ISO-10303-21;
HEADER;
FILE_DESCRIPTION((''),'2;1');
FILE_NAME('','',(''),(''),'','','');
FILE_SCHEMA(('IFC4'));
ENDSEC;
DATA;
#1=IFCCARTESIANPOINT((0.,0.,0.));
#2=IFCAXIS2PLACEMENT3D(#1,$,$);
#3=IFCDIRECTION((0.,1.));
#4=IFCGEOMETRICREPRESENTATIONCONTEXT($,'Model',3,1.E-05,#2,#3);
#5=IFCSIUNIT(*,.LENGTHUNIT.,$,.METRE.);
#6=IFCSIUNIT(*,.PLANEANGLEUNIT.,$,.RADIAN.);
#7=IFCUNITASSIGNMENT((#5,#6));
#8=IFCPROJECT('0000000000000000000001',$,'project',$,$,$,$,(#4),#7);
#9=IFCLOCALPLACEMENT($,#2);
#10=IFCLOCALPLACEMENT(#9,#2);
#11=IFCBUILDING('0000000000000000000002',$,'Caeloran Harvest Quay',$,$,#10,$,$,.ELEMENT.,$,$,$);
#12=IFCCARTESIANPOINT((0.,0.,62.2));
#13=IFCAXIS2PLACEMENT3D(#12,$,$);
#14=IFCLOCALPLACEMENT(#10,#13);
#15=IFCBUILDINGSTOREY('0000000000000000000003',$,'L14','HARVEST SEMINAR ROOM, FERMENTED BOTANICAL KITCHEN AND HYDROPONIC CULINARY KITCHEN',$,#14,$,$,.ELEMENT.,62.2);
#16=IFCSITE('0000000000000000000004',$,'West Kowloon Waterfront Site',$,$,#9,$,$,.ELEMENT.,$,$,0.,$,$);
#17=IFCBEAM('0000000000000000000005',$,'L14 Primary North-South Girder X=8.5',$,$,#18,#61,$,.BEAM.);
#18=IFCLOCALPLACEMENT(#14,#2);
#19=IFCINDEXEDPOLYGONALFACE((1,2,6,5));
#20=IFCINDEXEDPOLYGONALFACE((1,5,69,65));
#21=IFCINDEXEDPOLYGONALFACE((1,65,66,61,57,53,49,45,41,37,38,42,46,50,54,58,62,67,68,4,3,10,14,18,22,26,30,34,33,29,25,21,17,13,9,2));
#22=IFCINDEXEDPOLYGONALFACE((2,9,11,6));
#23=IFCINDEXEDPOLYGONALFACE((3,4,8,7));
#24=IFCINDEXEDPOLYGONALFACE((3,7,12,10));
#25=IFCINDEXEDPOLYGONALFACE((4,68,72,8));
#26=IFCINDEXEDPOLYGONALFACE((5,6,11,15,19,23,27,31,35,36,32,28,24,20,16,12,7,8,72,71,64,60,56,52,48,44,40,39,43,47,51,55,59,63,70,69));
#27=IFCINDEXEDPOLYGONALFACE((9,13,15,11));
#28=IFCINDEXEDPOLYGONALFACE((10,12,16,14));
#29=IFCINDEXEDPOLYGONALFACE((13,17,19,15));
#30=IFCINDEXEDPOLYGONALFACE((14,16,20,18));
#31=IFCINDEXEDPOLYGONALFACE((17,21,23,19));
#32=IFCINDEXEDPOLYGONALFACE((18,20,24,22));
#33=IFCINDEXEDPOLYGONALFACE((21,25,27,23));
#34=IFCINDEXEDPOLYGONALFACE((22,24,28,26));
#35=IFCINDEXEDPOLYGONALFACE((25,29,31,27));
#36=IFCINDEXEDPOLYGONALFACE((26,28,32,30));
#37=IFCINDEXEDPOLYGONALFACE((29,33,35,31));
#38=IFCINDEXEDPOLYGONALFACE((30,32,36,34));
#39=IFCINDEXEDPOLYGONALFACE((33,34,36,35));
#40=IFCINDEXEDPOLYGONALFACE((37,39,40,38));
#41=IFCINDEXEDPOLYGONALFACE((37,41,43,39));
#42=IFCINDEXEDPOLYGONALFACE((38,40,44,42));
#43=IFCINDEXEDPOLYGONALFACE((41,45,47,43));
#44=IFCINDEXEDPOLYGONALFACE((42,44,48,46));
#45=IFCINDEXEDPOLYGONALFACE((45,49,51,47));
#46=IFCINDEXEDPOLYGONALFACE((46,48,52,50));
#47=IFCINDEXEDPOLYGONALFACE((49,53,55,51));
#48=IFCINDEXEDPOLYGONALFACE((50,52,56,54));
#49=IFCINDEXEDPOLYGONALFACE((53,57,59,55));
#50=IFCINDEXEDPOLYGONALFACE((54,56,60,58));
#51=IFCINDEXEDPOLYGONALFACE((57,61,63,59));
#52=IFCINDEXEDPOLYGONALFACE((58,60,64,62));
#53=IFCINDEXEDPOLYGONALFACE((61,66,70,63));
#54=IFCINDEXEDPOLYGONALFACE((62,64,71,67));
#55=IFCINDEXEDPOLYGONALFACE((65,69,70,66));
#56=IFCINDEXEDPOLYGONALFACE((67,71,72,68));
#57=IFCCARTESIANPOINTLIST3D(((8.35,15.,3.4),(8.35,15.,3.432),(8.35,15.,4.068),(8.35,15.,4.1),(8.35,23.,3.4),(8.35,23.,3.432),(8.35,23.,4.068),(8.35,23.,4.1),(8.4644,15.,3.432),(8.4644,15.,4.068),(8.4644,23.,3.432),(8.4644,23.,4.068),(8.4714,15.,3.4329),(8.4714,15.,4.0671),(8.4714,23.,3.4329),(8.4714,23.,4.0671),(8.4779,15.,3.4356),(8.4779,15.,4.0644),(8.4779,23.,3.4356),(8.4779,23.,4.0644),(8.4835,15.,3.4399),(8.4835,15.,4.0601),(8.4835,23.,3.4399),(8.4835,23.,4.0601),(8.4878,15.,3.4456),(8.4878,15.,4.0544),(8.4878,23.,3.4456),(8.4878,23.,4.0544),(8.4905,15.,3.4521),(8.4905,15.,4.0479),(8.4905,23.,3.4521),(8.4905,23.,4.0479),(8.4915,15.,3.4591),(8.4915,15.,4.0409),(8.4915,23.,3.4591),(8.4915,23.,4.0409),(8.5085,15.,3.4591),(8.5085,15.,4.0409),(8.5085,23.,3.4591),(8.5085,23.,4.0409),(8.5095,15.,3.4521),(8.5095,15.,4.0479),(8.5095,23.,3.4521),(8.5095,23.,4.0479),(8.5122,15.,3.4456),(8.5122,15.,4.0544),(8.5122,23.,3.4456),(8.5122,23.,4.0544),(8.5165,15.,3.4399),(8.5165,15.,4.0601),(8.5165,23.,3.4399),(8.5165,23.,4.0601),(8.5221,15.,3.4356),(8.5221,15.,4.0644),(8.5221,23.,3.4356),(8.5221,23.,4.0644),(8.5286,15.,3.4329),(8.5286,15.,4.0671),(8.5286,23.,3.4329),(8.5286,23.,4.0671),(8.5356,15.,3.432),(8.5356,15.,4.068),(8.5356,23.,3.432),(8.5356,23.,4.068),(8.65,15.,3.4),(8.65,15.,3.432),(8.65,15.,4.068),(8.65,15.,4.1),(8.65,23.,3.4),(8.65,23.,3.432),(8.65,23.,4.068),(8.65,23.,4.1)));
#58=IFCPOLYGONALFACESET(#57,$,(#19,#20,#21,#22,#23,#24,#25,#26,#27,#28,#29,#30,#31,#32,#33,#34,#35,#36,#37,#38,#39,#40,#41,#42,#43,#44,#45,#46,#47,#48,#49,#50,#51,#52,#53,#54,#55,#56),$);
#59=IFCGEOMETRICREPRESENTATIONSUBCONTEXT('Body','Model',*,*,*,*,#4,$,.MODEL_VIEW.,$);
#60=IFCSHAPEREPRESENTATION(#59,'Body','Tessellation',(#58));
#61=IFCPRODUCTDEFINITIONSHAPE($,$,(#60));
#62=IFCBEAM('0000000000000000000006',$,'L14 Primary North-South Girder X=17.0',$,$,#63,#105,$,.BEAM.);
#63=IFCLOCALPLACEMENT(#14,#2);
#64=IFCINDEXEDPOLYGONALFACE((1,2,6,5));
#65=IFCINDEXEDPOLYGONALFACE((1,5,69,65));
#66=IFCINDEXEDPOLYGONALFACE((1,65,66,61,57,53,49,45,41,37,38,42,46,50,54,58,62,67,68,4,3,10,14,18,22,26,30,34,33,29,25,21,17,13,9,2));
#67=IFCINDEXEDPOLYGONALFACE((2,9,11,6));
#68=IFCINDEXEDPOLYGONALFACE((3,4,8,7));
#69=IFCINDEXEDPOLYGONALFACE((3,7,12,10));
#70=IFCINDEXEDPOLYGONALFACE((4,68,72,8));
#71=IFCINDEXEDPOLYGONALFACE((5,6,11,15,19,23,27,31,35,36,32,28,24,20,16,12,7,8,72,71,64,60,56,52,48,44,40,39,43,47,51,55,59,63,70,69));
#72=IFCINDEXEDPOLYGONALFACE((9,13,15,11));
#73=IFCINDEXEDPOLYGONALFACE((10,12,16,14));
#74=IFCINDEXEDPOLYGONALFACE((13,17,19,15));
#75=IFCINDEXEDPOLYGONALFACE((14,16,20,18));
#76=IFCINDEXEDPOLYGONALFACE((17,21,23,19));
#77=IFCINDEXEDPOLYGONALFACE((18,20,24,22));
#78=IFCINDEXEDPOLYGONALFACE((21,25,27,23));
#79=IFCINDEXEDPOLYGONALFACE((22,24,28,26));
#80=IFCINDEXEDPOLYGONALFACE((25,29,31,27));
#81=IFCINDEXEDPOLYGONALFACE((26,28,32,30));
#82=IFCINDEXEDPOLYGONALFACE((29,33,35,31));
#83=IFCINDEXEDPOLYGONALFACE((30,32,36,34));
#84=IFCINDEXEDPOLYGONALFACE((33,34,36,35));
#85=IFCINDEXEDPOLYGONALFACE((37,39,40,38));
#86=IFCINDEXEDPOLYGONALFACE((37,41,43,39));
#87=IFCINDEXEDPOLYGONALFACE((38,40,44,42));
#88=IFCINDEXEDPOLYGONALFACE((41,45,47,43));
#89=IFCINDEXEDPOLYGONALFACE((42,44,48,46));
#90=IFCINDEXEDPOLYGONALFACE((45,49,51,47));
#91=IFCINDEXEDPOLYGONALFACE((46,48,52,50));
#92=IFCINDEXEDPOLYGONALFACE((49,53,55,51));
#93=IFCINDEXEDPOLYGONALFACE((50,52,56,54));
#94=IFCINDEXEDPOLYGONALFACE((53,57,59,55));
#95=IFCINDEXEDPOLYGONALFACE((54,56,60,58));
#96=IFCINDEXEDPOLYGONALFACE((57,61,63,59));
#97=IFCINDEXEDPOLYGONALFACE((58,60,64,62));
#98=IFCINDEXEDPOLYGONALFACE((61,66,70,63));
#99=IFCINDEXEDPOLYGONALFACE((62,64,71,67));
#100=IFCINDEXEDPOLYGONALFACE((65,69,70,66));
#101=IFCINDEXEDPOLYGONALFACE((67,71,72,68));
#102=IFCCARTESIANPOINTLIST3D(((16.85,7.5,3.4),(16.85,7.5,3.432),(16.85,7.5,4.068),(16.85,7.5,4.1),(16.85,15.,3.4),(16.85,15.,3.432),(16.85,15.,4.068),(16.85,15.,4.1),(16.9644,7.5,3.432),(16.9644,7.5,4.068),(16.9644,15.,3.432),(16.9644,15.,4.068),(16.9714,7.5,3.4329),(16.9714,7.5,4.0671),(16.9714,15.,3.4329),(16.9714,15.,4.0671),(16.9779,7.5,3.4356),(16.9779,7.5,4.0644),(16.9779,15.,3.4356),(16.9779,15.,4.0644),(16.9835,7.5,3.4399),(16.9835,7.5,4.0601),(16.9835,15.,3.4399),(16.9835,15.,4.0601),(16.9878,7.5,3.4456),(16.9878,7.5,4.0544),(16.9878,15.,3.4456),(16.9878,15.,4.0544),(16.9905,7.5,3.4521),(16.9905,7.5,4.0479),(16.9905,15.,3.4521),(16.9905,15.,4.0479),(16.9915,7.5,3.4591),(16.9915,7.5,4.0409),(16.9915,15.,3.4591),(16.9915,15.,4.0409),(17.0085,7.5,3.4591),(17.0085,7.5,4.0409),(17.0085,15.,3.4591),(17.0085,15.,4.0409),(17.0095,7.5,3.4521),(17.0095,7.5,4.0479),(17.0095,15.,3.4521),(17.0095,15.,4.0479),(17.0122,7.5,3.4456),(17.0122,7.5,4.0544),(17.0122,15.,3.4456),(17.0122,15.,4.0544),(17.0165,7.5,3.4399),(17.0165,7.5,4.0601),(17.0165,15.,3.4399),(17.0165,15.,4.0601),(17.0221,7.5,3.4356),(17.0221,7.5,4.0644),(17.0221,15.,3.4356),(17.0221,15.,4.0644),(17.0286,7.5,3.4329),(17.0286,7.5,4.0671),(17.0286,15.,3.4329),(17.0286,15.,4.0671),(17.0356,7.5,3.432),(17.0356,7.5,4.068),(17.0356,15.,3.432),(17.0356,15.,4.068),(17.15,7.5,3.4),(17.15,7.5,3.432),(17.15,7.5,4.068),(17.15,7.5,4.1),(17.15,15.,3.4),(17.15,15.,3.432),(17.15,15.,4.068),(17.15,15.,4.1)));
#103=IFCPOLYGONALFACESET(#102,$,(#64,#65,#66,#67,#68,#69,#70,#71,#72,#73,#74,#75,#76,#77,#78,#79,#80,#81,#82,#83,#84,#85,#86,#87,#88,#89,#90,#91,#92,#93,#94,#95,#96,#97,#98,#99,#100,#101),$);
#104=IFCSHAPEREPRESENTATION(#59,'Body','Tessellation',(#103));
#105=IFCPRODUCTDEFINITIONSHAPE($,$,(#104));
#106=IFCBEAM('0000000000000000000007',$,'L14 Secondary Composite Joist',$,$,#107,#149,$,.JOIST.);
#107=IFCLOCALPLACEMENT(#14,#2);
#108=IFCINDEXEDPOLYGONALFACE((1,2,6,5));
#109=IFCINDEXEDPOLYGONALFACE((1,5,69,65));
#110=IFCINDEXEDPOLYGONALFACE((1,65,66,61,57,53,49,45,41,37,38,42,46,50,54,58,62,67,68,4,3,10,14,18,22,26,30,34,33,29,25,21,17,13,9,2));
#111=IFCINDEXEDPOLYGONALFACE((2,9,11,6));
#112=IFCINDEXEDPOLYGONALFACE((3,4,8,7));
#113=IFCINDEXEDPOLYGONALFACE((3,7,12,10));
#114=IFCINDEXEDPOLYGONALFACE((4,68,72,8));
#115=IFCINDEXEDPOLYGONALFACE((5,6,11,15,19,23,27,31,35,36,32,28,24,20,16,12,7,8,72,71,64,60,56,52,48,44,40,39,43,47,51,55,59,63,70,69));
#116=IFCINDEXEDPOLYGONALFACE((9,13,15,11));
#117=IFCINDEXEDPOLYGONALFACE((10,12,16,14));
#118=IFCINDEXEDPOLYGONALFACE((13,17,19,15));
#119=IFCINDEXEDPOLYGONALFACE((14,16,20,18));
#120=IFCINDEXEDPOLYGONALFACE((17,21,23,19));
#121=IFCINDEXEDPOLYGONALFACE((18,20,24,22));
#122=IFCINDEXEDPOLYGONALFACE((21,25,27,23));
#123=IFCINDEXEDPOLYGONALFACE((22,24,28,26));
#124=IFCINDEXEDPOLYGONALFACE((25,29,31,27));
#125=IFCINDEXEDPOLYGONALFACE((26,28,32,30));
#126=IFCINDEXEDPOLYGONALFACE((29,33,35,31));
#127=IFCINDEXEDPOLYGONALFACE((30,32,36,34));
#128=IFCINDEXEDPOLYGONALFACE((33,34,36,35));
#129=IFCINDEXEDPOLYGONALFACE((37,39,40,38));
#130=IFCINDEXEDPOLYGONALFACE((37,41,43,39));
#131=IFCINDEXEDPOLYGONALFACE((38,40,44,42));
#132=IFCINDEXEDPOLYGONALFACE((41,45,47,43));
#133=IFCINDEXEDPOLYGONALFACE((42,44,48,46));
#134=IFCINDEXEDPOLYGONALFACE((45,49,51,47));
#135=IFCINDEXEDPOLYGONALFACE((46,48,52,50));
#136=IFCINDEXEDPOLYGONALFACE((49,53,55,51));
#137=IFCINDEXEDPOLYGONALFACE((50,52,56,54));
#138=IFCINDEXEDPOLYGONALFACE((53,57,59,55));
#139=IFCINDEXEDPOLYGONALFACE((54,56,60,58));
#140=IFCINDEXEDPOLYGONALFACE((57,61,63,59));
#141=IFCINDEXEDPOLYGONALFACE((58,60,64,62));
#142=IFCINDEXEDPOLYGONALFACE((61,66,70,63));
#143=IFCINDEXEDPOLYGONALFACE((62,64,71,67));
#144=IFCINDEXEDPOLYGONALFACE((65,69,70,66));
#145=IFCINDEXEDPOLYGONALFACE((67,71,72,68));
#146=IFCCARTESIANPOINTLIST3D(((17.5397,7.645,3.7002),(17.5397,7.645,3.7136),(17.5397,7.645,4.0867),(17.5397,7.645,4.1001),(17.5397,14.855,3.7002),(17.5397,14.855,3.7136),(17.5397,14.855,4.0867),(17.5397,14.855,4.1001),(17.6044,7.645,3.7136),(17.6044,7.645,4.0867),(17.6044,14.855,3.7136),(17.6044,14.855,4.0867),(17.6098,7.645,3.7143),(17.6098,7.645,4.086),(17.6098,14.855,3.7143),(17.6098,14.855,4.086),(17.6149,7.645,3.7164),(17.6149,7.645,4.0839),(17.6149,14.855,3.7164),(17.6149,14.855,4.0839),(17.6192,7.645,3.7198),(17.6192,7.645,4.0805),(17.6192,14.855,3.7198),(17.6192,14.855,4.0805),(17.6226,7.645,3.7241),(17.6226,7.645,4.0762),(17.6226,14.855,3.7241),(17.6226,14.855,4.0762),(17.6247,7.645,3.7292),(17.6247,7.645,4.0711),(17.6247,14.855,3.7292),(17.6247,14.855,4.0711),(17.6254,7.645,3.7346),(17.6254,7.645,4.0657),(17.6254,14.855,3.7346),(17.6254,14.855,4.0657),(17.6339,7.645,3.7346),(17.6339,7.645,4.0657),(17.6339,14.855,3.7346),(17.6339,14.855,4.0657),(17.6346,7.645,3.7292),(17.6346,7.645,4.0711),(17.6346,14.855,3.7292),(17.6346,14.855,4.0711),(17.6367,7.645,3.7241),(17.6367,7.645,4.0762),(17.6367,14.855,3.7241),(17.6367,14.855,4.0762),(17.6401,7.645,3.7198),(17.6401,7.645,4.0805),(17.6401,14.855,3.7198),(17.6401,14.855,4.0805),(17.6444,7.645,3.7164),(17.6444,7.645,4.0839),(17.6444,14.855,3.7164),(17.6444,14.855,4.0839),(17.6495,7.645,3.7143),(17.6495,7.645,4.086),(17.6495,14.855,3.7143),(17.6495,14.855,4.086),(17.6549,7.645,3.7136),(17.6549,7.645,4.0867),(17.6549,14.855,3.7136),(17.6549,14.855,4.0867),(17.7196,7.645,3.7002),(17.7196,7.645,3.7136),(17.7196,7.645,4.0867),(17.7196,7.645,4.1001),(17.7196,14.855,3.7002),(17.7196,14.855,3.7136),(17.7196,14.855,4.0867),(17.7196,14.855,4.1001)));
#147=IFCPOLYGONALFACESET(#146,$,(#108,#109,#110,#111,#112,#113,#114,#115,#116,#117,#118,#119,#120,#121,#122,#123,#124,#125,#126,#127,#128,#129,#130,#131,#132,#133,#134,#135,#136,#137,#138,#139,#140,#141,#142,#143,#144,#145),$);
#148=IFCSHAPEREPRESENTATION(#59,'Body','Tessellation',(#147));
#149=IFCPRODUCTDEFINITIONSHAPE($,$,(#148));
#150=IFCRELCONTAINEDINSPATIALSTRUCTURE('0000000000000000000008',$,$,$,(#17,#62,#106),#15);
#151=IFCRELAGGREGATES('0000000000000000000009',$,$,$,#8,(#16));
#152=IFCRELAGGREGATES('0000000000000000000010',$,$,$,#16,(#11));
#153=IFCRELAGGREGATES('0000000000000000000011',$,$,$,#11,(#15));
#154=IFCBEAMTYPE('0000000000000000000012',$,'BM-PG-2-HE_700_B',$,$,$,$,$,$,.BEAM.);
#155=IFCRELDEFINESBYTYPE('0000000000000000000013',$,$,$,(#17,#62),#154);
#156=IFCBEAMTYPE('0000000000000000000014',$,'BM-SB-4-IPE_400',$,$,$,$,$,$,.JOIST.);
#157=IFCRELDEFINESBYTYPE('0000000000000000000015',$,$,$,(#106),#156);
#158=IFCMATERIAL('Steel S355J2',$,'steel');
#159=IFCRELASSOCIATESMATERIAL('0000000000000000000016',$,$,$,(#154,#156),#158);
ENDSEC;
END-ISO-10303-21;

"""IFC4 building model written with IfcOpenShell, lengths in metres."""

from ifc_helpers import new_model, si_unit, direction, frame, origin, origin_2d, place, context, subcontext, project, spatial, i_section, extrude, material, material_profile, profile_set, type_object, element, save


model = new_model("IFC4")

# Units and contexts
model_context = context("Model", 3, precision=1e-05, world=origin(), true_north=direction((0.0, 1.0)))
body_context = subcontext(model_context, "Body", "Model", "MODEL_VIEW")
ifc_project = project(units=[si_unit("LENGTHUNIT", "METRE"), si_unit("PLANEANGLEUNIT", "RADIAN")], contexts=[model_context])

# Site, building, storey
site_placement = place(None, origin())
site = spatial("IfcSite", under=ifc_project, at=site_placement, Name="West Kowloon Waterfront Site", CompositionType="ELEMENT", RefElevation=0.0)
building_placement = place(site_placement, origin())
building = spatial("IfcBuilding", under=site, at=building_placement, Name="Caeloran Harvest Quay", CompositionType="ELEMENT")
storey_placement = place(building_placement, frame((0.0, 0.0, 62.2)))
storey = spatial("IfcBuildingStorey", under=building, at=storey_placement, Name="L14", Description="HARVEST SEMINAR ROOM, FERMENTED BOTANICAL KITCHEN AND HYDROPONIC CULINARY KITCHEN", CompositionType="ELEMENT", Elevation=62.2)

# Beams
ifc_material_1 = material(Name="Steel S355J2", Category="steel")
ifc_material_profile_1 = material_profile(ifc_material_1, i_section(OverallWidth=0.3, OverallDepth=0.7, WebThickness=0.0171, FlangeThickness=0.032, FilletRadius=0.0271, at=origin_2d()), Name="HE 700 B")
ifc_profile_set_1 = profile_set([ifc_material_profile_1], Name="Steel S355J2")
beam_type_1 = type_object("IfcBeamType", Name="BM-PG-2-HE_700_B", PredefinedType="BEAM", material=ifc_profile_set_1)
beam_1_placement = place(storey_placement, frame((8.5, 15.0, 3.75), z_axis=(0.0, 1.0, 0.0), x_axis=(-1.0, 0.0, 0.0)))
element("IfcBeam", 1, at=beam_1_placement, inside=storey, type_object=beam_type_1, Name="L14 Primary North-South Girder X=8.5", PredefinedType="BEAM", context=body_context, shape_type="SweptSolid", body=[
    extrude(i_section(OverallWidth=0.3, OverallDepth=0.7, WebThickness=0.0171, FlangeThickness=0.032, FilletRadius=0.0271, at=origin_2d()), origin(), (0.0, 0.0, 1.0), 8.0),
])
beam_2_placement = place(storey_placement, frame((17.0, 7.5, 3.75), z_axis=(0.0, 1.0, 0.0), x_axis=(-1.0, 0.0, 0.0)))
element("IfcBeam", 2, at=beam_2_placement, inside=storey, type_object=beam_type_1, Name="L14 Primary North-South Girder X=17.0", PredefinedType="BEAM", context=body_context, shape_type="SweptSolid", body=[
    extrude(i_section(OverallWidth=0.3, OverallDepth=0.7, WebThickness=0.0171, FlangeThickness=0.032, FilletRadius=0.0271, at=origin_2d()), origin(), (0.0, 0.0, 1.0), 7.5),
])
ifc_material_profile_2 = material_profile(ifc_material_1, i_section(OverallWidth=0.1799, OverallDepth=0.3999, WebThickness=0.0085, FlangeThickness=0.0134, FilletRadius=0.021, at=origin_2d()), Name="IPE 400")
ifc_profile_set_2 = profile_set([ifc_material_profile_2], Name="Steel S355J2")
beam_type_2 = type_object("IfcBeamType", Name="BM-SB-4-IPE_400", PredefinedType="JOIST", material=ifc_profile_set_2)
beam_3_placement = place(storey_placement, frame((17.6296, 7.645, 3.9001), z_axis=(0.0, 1.0, 0.0), x_axis=(-1.0, 0.0, 0.0)))
element("IfcBeam", 3, at=beam_3_placement, inside=storey, type_object=beam_type_2, Name="L14 Secondary Composite Joist", PredefinedType="JOIST", context=body_context, shape_type="SweptSolid", body=[
    extrude(i_section(OverallWidth=0.1799, OverallDepth=0.3999, WebThickness=0.0085, FlangeThickness=0.0134, FilletRadius=0.021, at=origin_2d()), origin(), (0.0, 0.0, 1.0), 7.21),
])

save(model, "model.ifc")
